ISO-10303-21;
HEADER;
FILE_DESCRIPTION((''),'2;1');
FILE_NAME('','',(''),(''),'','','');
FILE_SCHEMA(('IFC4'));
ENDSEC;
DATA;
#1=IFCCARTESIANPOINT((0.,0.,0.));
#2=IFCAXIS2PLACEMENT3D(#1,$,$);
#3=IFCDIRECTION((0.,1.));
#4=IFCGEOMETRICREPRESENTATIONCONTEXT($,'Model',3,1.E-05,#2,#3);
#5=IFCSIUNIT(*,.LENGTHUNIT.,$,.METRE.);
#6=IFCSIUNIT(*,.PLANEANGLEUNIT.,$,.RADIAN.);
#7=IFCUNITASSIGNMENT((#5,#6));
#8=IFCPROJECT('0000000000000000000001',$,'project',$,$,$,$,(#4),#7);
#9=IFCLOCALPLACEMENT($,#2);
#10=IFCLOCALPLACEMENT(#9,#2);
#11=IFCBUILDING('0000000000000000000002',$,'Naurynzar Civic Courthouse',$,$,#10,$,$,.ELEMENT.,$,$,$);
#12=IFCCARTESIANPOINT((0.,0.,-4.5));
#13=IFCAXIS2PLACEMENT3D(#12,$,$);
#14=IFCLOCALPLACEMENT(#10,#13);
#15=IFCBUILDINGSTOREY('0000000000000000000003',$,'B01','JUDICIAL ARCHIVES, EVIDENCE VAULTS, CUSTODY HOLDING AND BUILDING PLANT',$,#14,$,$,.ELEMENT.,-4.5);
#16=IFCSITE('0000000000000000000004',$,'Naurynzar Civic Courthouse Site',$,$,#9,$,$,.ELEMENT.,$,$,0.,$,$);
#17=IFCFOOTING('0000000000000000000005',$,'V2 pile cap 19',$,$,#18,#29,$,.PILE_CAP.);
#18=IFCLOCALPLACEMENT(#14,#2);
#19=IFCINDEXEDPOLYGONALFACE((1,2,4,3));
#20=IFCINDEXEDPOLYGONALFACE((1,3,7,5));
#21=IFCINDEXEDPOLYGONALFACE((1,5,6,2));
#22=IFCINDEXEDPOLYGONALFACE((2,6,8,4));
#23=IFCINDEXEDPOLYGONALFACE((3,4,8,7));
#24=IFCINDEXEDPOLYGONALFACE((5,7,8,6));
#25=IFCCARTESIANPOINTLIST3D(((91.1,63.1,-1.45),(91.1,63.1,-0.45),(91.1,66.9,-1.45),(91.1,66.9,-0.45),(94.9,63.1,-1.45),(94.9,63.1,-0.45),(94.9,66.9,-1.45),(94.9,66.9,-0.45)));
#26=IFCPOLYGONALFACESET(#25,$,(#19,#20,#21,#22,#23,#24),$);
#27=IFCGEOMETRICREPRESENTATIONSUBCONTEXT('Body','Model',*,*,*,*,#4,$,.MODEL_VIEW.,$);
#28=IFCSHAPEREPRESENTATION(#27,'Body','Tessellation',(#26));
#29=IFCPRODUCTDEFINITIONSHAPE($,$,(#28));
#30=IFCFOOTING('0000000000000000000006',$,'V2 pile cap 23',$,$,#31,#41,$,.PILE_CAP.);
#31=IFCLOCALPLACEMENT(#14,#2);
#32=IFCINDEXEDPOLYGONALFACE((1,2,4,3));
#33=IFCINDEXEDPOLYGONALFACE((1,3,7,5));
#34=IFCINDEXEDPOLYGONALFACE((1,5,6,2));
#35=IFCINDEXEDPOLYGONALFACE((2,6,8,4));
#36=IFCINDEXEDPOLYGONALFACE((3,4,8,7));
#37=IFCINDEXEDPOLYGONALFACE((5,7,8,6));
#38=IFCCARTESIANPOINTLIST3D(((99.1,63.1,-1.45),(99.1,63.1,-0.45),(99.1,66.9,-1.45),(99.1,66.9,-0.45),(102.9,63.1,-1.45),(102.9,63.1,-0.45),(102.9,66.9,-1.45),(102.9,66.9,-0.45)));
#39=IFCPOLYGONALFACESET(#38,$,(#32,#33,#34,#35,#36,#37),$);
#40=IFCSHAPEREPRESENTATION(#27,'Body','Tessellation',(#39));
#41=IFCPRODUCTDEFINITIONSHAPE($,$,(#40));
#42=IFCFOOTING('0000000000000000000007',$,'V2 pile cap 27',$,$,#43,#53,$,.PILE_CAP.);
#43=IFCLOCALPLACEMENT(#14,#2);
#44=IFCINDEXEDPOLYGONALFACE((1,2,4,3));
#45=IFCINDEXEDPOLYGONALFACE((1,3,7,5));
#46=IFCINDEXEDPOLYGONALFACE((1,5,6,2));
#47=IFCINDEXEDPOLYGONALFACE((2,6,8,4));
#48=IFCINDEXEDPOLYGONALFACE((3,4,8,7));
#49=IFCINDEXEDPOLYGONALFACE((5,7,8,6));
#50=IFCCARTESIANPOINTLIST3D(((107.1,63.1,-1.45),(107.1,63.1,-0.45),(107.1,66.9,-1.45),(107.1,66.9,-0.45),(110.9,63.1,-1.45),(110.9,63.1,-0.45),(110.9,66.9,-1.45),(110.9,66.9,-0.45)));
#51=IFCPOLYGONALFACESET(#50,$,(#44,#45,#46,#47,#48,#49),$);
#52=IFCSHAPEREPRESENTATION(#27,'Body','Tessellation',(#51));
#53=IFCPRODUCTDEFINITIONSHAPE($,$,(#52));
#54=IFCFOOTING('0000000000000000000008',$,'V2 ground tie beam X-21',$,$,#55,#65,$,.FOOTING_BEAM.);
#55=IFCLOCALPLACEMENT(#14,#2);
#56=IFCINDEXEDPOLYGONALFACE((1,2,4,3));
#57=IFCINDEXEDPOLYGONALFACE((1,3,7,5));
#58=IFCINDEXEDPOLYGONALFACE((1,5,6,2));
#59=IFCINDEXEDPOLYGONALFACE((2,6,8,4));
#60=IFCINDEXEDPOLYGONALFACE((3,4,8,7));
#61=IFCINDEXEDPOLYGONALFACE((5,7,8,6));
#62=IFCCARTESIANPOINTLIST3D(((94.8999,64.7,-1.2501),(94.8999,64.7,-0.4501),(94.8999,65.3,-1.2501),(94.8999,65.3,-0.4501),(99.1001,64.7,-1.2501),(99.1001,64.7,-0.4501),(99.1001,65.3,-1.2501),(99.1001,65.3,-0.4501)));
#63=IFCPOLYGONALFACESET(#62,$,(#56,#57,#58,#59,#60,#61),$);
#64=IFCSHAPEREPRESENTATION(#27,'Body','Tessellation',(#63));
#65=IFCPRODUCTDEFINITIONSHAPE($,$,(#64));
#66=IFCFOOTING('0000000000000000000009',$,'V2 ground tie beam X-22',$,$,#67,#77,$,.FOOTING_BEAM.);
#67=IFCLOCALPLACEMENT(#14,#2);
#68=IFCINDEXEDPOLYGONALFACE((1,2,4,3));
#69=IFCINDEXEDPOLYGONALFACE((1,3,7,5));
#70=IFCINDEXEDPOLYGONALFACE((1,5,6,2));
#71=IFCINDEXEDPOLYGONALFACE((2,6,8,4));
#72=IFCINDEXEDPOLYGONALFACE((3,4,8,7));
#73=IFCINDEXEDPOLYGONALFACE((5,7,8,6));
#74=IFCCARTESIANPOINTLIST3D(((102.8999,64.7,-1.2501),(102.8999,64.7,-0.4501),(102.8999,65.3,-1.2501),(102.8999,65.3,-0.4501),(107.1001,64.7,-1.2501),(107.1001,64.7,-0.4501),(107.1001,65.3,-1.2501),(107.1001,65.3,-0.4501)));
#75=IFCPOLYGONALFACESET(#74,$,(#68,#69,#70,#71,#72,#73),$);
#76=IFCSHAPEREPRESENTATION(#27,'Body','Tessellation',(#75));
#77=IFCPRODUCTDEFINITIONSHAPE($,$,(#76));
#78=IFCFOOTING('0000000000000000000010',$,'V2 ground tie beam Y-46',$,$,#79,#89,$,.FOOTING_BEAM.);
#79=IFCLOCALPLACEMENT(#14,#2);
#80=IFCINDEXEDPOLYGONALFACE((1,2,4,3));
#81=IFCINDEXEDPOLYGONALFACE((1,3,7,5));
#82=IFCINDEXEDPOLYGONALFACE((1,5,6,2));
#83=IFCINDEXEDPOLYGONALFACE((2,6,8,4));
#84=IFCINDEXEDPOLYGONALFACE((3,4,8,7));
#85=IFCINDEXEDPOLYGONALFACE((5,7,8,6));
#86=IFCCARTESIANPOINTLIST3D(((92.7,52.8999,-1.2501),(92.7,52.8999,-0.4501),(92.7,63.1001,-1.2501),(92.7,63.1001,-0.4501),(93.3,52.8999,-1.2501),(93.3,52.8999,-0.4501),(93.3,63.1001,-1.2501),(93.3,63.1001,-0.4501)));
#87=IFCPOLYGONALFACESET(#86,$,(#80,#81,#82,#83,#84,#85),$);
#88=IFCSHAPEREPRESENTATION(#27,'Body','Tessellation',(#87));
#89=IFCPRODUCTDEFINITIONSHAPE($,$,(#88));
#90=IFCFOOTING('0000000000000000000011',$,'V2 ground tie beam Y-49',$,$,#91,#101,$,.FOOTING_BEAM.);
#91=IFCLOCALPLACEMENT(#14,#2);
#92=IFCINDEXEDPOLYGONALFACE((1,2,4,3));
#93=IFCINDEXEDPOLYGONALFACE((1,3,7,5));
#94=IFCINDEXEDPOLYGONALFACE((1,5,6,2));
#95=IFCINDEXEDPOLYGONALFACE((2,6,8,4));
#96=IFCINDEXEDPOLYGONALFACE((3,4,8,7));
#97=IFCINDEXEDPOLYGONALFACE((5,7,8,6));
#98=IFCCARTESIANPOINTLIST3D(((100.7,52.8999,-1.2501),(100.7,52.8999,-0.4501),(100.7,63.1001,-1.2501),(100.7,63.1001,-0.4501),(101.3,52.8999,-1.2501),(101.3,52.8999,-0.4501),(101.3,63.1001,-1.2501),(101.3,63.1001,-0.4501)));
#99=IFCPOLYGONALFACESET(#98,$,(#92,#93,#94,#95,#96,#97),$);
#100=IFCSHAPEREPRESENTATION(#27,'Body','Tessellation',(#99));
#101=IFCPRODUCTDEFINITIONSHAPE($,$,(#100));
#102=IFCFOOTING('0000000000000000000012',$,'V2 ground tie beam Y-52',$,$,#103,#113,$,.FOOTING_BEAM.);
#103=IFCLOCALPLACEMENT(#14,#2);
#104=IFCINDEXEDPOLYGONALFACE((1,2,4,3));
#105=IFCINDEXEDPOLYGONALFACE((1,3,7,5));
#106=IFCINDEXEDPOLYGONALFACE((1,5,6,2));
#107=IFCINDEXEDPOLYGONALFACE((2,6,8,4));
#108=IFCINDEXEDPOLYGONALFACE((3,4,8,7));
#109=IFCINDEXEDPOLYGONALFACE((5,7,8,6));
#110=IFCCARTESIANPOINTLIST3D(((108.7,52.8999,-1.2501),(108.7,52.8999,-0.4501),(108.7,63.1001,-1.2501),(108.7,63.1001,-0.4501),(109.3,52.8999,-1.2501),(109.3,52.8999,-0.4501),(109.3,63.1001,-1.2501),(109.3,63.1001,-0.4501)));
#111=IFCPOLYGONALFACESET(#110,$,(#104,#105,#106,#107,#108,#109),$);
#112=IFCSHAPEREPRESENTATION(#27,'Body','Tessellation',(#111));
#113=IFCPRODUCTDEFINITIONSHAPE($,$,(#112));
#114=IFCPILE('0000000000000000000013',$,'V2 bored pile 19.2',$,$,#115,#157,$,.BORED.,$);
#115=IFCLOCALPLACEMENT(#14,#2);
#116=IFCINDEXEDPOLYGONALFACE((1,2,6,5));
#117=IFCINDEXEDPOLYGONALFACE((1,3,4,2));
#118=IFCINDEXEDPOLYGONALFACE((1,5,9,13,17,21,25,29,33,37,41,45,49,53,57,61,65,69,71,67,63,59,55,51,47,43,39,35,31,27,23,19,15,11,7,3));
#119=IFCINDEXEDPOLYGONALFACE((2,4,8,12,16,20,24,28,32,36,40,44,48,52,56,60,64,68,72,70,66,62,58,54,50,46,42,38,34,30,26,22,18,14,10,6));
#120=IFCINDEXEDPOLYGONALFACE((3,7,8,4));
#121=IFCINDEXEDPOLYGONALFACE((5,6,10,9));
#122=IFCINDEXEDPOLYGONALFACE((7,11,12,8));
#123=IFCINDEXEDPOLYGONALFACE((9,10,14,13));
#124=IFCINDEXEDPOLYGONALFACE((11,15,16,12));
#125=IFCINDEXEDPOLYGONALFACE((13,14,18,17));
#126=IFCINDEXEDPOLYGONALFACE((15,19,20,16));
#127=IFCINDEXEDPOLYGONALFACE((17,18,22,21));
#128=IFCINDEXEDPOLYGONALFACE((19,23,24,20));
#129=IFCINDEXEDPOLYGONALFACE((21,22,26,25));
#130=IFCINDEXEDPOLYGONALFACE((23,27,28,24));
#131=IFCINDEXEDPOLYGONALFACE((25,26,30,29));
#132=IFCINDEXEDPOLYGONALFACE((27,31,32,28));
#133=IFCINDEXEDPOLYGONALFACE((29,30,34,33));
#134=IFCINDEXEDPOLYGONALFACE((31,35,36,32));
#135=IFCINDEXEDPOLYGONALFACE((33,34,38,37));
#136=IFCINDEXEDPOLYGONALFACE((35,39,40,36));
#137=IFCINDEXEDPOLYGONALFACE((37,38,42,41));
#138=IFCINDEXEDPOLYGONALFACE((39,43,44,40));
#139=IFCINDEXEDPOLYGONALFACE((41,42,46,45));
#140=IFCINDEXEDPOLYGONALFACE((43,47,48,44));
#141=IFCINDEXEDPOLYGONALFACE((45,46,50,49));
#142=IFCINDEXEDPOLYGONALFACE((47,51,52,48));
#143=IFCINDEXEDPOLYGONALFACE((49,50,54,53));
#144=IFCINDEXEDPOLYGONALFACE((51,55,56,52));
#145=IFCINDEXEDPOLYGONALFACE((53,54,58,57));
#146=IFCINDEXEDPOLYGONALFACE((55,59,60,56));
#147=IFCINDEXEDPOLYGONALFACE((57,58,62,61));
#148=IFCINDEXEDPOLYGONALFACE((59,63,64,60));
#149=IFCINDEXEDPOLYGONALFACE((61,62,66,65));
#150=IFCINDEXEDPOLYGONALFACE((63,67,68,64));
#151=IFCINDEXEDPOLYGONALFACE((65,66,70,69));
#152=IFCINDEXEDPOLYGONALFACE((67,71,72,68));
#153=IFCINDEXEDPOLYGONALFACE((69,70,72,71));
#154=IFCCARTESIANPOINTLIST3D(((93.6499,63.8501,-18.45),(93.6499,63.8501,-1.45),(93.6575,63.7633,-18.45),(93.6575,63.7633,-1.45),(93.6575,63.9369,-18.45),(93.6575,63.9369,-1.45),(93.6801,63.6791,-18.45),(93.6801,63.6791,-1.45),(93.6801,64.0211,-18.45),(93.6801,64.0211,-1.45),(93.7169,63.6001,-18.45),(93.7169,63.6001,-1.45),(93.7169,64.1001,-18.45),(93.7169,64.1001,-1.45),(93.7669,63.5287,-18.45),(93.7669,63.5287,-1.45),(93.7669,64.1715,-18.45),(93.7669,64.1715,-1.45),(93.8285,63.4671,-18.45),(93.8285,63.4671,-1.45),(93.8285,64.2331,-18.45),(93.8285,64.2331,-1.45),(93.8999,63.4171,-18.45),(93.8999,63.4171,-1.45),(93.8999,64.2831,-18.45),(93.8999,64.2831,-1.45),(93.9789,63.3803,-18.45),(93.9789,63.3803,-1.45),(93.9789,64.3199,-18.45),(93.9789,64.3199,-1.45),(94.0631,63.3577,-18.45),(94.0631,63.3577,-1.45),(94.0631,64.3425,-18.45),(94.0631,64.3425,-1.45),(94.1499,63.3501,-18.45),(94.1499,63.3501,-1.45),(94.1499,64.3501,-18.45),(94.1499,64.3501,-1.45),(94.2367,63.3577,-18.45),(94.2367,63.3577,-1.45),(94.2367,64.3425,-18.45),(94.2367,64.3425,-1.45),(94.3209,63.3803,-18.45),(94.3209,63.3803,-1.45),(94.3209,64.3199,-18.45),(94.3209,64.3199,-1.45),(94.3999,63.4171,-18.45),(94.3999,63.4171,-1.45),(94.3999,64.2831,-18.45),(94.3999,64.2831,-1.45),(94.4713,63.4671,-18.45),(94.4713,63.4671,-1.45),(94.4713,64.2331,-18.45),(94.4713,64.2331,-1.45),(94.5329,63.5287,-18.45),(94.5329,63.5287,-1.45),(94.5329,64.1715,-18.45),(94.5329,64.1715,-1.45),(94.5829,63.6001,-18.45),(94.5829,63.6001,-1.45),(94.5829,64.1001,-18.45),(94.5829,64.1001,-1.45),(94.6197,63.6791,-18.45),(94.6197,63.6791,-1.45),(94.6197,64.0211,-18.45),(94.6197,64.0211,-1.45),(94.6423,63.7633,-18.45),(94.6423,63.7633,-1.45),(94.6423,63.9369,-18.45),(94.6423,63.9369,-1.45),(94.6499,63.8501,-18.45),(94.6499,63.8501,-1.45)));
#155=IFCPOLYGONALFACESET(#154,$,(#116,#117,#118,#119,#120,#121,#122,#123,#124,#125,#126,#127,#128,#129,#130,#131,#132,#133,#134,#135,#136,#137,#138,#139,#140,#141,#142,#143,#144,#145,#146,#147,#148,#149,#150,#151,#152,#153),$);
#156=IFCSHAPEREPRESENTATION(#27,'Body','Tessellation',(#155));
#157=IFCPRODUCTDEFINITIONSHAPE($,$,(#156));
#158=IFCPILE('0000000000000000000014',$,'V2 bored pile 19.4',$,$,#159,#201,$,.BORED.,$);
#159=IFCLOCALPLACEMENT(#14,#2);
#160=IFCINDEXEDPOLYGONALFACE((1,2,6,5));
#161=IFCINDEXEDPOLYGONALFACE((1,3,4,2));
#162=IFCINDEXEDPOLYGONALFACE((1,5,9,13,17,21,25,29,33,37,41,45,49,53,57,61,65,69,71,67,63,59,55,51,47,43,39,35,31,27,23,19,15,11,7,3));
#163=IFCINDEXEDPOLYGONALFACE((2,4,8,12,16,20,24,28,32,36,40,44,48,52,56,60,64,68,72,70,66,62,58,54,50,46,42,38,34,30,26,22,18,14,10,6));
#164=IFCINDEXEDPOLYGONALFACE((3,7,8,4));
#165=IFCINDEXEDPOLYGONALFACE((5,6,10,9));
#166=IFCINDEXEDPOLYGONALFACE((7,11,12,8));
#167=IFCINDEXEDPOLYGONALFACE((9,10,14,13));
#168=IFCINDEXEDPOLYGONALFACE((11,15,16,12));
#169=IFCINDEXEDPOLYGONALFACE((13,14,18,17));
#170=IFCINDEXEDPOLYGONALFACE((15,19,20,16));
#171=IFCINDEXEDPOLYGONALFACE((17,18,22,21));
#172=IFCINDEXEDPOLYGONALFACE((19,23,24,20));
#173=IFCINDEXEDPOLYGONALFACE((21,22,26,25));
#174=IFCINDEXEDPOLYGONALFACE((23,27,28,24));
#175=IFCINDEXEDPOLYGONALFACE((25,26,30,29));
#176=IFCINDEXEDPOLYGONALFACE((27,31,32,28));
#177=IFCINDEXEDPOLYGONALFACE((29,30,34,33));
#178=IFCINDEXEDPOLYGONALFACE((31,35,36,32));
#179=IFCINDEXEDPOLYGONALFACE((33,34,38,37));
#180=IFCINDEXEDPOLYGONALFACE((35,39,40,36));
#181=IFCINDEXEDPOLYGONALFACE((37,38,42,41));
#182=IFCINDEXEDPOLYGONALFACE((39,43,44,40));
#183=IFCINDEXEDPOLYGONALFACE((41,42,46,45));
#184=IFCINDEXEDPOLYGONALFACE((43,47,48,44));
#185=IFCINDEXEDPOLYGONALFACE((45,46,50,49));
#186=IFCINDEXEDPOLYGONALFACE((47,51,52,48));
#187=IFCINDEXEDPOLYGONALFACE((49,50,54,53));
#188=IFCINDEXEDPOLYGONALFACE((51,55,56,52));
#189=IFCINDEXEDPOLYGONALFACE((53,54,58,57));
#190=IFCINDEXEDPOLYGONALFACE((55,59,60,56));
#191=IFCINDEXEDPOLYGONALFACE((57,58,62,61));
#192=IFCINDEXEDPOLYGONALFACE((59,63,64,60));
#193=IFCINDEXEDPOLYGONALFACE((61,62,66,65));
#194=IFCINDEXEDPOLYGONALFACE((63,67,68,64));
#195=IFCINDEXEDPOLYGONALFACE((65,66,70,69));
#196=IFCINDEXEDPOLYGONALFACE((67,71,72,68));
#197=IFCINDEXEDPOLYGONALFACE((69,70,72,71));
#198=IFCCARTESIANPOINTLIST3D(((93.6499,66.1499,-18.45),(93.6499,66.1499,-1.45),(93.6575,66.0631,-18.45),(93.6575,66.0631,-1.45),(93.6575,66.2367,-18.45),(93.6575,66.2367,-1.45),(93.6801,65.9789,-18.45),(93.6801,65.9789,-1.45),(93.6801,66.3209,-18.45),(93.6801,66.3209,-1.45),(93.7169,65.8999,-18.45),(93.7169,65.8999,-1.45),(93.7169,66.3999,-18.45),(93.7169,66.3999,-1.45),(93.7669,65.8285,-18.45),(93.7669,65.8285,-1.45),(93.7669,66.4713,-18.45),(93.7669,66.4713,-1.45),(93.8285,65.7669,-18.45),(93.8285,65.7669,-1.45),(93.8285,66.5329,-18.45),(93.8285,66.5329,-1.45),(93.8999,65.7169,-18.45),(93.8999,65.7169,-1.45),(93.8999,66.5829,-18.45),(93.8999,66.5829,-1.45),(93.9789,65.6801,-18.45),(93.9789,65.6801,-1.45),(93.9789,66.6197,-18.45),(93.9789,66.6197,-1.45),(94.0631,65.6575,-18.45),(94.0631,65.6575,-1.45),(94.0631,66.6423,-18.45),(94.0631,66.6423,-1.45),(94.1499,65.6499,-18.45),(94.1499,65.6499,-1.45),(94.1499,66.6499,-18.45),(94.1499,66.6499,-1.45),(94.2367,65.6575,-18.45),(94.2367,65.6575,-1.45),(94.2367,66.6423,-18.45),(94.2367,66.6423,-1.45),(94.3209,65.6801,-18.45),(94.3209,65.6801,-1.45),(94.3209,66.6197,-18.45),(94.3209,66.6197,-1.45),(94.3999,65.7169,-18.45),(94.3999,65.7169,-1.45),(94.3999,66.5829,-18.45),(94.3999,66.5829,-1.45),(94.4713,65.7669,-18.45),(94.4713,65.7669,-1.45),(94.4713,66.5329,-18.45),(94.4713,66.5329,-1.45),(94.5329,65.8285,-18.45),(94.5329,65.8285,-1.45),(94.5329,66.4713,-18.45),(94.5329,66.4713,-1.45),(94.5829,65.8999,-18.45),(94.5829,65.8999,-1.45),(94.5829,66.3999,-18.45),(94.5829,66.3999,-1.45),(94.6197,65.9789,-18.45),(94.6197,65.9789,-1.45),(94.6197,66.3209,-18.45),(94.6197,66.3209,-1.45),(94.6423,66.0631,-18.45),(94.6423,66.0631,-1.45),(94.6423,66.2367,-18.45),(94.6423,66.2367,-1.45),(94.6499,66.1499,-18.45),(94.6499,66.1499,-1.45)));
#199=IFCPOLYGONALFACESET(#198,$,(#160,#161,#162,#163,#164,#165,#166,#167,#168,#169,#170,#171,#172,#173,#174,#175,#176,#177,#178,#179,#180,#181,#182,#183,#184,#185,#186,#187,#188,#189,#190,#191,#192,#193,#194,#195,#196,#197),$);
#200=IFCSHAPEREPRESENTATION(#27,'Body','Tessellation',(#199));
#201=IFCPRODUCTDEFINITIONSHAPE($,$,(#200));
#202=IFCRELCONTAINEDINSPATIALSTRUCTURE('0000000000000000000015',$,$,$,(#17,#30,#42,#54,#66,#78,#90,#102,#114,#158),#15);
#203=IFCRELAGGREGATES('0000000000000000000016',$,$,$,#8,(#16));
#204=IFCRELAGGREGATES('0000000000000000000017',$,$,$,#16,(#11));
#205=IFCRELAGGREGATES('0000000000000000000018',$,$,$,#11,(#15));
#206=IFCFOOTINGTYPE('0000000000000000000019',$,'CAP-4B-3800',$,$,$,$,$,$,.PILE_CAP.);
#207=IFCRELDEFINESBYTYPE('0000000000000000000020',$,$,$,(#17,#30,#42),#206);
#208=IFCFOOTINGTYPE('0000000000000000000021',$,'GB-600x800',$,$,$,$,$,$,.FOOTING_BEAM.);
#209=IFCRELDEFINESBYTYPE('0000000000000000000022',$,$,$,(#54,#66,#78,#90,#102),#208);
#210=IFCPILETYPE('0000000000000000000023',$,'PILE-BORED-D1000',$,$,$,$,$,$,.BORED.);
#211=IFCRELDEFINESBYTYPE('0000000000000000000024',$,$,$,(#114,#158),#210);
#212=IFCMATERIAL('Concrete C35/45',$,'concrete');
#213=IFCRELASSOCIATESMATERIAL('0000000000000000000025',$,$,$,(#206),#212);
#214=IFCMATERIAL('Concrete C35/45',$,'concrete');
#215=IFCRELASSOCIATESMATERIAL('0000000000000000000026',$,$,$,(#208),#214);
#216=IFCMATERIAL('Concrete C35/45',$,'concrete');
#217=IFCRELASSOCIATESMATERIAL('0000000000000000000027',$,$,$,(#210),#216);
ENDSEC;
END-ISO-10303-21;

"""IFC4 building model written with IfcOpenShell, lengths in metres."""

from ifc_helpers import new_model, si_unit, direction, frame, origin, origin_2d, place, context, subcontext, project, spatial, rectangle, circle, extrude, material, material_profile, profile_set, type_object, element, save


model = new_model("IFC4")

# Units and contexts
model_context = context("Model", 3, precision=1e-05, world=origin(), true_north=direction((0.0, 1.0)))
body_context = subcontext(model_context, "Body", "Model", "MODEL_VIEW")
ifc_project = project(units=[si_unit("LENGTHUNIT", "METRE"), si_unit("PLANEANGLEUNIT", "RADIAN")], contexts=[model_context])

# Site, building, storey
site_placement = place(None, origin())
site = spatial("IfcSite", under=ifc_project, at=site_placement, Name="Naurynzar Civic Courthouse Site", CompositionType="ELEMENT", RefElevation=0.0)
building_placement = place(site_placement, origin())
building = spatial("IfcBuilding", under=site, at=building_placement, Name="Naurynzar Civic Courthouse", CompositionType="ELEMENT")
storey_placement = place(building_placement, frame((0.0, 0.0, -4.5)))
storey = spatial("IfcBuildingStorey", under=building, at=storey_placement, Name="B01", Description="JUDICIAL ARCHIVES, EVIDENCE VAULTS, CUSTODY HOLDING AND BUILDING PLANT", CompositionType="ELEMENT", Elevation=-4.5)

# Footings
ifc_material_1 = material(Name="Concrete C35/45", Category="concrete")
footing_type_1 = type_object("IfcFootingType", Name="CAP-4B-3800", PredefinedType="PILE_CAP", material=ifc_material_1)
for number, where, z_axis, x_axis, name in (
    (1, (93.0, 65.0, -1.45), (0.0, 0.0, 1.0), (1.0, 0.0, 0.0), "V2 pile cap 19"),
    (2, (101.0, 65.0, -1.45), (0.0, 0.0, 1.0), (1.0, 0.0, 0.0), "V2 pile cap 23"),
    (3, (109.0, 65.0, -1.45), (0.0, 0.0, 1.0), (1.0, 0.0, 0.0), "V2 pile cap 27"),
):
    element("IfcFooting", number, at=place(storey_placement, frame(where, z_axis=z_axis, x_axis=x_axis)), inside=storey, type_object=footing_type_1, Name=name, PredefinedType="PILE_CAP", context=body_context, shape_type="SweptSolid", body=[
        extrude(rectangle(XDim=3.8, YDim=3.8, at=origin_2d()), origin(), (0.0, 0.0, 1.0), 1.0),
    ])
ifc_material_2 = material(Name="Concrete C35/45", Category="concrete")
ifc_material_profile_1 = material_profile(ifc_material_2, rectangle(XDim=0.6001, YDim=0.8, at=origin_2d()), Name="GB 600x800")
ifc_profile_set_1 = profile_set([ifc_material_profile_1], Name="Concrete C35/45")
footing_type_2 = type_object("IfcFootingType", Name="GB-600x800", PredefinedType="FOOTING_BEAM", material=ifc_profile_set_1)
for number, where, z_axis, x_axis, name in (
    (4, (94.8999, 65.0, -0.8501), (1.0, 0.0, 0.0), (0.0, 1.0, 0.0), "V2 ground tie beam X-21"),
    (5, (102.8999, 65.0, -0.8501), (1.0, 0.0, 0.0), (0.0, 1.0, 0.0), "V2 ground tie beam X-22"),
):
    element("IfcFooting", number, at=place(storey_placement, frame(where, z_axis=z_axis, x_axis=x_axis)), inside=storey, type_object=footing_type_2, Name=name, PredefinedType="FOOTING_BEAM", context=body_context, shape_type="SweptSolid", body=[
        extrude(rectangle(XDim=0.6001, YDim=0.8, at=origin_2d()), origin(), (0.0, 0.0, 1.0), 4.2002),
    ])
for number, where, z_axis, x_axis, name in (
    (6, (93.0, 52.8999, -0.8501), (0.0, 1.0, 0.0), (-1.0, 0.0, 0.0), "V2 ground tie beam Y-46"),
    (7, (101.0, 52.8999, -0.8501), (0.0, 1.0, 0.0), (-1.0, 0.0, 0.0), "V2 ground tie beam Y-49"),
    (8, (109.0, 52.8999, -0.8501), (0.0, 1.0, 0.0), (-1.0, 0.0, 0.0), "V2 ground tie beam Y-52"),
):
    element("IfcFooting", number, at=place(storey_placement, frame(where, z_axis=z_axis, x_axis=x_axis)), inside=storey, type_object=footing_type_2, Name=name, PredefinedType="FOOTING_BEAM", context=body_context, shape_type="SweptSolid", body=[
        extrude(rectangle(XDim=0.6001, YDim=0.8, at=origin_2d()), origin(), (0.0, 0.0, 1.0), 10.2002),
    ])

# Piles
ifc_material_3 = material(Name="Concrete C35/45", Category="concrete")
ifc_material_profile_2 = material_profile(ifc_material_3, circle(Radius=0.5, at=origin_2d()), Name="PILE D1000")
ifc_profile_set_2 = profile_set([ifc_material_profile_2], Name="Concrete C35/45")
pile_type = type_object("IfcPileType", Name="PILE-BORED-D1000", PredefinedType="BORED", material=ifc_profile_set_2)
for number, where, z_axis, x_axis, name in (
    (9, (94.1499, 63.8501, -1.45), (0.0, 0.0, -1.0), (1.0, 0.0, 0.0), "V2 bored pile 19.2"),
    (10, (94.1499, 66.1499, -1.45), (0.0, 0.0, -1.0), (1.0, 0.0, 0.0), "V2 bored pile 19.4"),
):
    element("IfcPile", number, at=place(storey_placement, frame(where, z_axis=z_axis, x_axis=x_axis)), inside=storey, type_object=pile_type, Name=name, PredefinedType="BORED", context=body_context, shape_type="SweptSolid", body=[
        extrude(circle(Radius=0.5, at=origin_2d()), origin(), (0.0, 0.0, 1.0), 17.0),
    ])

save(model, "model.ifc")
